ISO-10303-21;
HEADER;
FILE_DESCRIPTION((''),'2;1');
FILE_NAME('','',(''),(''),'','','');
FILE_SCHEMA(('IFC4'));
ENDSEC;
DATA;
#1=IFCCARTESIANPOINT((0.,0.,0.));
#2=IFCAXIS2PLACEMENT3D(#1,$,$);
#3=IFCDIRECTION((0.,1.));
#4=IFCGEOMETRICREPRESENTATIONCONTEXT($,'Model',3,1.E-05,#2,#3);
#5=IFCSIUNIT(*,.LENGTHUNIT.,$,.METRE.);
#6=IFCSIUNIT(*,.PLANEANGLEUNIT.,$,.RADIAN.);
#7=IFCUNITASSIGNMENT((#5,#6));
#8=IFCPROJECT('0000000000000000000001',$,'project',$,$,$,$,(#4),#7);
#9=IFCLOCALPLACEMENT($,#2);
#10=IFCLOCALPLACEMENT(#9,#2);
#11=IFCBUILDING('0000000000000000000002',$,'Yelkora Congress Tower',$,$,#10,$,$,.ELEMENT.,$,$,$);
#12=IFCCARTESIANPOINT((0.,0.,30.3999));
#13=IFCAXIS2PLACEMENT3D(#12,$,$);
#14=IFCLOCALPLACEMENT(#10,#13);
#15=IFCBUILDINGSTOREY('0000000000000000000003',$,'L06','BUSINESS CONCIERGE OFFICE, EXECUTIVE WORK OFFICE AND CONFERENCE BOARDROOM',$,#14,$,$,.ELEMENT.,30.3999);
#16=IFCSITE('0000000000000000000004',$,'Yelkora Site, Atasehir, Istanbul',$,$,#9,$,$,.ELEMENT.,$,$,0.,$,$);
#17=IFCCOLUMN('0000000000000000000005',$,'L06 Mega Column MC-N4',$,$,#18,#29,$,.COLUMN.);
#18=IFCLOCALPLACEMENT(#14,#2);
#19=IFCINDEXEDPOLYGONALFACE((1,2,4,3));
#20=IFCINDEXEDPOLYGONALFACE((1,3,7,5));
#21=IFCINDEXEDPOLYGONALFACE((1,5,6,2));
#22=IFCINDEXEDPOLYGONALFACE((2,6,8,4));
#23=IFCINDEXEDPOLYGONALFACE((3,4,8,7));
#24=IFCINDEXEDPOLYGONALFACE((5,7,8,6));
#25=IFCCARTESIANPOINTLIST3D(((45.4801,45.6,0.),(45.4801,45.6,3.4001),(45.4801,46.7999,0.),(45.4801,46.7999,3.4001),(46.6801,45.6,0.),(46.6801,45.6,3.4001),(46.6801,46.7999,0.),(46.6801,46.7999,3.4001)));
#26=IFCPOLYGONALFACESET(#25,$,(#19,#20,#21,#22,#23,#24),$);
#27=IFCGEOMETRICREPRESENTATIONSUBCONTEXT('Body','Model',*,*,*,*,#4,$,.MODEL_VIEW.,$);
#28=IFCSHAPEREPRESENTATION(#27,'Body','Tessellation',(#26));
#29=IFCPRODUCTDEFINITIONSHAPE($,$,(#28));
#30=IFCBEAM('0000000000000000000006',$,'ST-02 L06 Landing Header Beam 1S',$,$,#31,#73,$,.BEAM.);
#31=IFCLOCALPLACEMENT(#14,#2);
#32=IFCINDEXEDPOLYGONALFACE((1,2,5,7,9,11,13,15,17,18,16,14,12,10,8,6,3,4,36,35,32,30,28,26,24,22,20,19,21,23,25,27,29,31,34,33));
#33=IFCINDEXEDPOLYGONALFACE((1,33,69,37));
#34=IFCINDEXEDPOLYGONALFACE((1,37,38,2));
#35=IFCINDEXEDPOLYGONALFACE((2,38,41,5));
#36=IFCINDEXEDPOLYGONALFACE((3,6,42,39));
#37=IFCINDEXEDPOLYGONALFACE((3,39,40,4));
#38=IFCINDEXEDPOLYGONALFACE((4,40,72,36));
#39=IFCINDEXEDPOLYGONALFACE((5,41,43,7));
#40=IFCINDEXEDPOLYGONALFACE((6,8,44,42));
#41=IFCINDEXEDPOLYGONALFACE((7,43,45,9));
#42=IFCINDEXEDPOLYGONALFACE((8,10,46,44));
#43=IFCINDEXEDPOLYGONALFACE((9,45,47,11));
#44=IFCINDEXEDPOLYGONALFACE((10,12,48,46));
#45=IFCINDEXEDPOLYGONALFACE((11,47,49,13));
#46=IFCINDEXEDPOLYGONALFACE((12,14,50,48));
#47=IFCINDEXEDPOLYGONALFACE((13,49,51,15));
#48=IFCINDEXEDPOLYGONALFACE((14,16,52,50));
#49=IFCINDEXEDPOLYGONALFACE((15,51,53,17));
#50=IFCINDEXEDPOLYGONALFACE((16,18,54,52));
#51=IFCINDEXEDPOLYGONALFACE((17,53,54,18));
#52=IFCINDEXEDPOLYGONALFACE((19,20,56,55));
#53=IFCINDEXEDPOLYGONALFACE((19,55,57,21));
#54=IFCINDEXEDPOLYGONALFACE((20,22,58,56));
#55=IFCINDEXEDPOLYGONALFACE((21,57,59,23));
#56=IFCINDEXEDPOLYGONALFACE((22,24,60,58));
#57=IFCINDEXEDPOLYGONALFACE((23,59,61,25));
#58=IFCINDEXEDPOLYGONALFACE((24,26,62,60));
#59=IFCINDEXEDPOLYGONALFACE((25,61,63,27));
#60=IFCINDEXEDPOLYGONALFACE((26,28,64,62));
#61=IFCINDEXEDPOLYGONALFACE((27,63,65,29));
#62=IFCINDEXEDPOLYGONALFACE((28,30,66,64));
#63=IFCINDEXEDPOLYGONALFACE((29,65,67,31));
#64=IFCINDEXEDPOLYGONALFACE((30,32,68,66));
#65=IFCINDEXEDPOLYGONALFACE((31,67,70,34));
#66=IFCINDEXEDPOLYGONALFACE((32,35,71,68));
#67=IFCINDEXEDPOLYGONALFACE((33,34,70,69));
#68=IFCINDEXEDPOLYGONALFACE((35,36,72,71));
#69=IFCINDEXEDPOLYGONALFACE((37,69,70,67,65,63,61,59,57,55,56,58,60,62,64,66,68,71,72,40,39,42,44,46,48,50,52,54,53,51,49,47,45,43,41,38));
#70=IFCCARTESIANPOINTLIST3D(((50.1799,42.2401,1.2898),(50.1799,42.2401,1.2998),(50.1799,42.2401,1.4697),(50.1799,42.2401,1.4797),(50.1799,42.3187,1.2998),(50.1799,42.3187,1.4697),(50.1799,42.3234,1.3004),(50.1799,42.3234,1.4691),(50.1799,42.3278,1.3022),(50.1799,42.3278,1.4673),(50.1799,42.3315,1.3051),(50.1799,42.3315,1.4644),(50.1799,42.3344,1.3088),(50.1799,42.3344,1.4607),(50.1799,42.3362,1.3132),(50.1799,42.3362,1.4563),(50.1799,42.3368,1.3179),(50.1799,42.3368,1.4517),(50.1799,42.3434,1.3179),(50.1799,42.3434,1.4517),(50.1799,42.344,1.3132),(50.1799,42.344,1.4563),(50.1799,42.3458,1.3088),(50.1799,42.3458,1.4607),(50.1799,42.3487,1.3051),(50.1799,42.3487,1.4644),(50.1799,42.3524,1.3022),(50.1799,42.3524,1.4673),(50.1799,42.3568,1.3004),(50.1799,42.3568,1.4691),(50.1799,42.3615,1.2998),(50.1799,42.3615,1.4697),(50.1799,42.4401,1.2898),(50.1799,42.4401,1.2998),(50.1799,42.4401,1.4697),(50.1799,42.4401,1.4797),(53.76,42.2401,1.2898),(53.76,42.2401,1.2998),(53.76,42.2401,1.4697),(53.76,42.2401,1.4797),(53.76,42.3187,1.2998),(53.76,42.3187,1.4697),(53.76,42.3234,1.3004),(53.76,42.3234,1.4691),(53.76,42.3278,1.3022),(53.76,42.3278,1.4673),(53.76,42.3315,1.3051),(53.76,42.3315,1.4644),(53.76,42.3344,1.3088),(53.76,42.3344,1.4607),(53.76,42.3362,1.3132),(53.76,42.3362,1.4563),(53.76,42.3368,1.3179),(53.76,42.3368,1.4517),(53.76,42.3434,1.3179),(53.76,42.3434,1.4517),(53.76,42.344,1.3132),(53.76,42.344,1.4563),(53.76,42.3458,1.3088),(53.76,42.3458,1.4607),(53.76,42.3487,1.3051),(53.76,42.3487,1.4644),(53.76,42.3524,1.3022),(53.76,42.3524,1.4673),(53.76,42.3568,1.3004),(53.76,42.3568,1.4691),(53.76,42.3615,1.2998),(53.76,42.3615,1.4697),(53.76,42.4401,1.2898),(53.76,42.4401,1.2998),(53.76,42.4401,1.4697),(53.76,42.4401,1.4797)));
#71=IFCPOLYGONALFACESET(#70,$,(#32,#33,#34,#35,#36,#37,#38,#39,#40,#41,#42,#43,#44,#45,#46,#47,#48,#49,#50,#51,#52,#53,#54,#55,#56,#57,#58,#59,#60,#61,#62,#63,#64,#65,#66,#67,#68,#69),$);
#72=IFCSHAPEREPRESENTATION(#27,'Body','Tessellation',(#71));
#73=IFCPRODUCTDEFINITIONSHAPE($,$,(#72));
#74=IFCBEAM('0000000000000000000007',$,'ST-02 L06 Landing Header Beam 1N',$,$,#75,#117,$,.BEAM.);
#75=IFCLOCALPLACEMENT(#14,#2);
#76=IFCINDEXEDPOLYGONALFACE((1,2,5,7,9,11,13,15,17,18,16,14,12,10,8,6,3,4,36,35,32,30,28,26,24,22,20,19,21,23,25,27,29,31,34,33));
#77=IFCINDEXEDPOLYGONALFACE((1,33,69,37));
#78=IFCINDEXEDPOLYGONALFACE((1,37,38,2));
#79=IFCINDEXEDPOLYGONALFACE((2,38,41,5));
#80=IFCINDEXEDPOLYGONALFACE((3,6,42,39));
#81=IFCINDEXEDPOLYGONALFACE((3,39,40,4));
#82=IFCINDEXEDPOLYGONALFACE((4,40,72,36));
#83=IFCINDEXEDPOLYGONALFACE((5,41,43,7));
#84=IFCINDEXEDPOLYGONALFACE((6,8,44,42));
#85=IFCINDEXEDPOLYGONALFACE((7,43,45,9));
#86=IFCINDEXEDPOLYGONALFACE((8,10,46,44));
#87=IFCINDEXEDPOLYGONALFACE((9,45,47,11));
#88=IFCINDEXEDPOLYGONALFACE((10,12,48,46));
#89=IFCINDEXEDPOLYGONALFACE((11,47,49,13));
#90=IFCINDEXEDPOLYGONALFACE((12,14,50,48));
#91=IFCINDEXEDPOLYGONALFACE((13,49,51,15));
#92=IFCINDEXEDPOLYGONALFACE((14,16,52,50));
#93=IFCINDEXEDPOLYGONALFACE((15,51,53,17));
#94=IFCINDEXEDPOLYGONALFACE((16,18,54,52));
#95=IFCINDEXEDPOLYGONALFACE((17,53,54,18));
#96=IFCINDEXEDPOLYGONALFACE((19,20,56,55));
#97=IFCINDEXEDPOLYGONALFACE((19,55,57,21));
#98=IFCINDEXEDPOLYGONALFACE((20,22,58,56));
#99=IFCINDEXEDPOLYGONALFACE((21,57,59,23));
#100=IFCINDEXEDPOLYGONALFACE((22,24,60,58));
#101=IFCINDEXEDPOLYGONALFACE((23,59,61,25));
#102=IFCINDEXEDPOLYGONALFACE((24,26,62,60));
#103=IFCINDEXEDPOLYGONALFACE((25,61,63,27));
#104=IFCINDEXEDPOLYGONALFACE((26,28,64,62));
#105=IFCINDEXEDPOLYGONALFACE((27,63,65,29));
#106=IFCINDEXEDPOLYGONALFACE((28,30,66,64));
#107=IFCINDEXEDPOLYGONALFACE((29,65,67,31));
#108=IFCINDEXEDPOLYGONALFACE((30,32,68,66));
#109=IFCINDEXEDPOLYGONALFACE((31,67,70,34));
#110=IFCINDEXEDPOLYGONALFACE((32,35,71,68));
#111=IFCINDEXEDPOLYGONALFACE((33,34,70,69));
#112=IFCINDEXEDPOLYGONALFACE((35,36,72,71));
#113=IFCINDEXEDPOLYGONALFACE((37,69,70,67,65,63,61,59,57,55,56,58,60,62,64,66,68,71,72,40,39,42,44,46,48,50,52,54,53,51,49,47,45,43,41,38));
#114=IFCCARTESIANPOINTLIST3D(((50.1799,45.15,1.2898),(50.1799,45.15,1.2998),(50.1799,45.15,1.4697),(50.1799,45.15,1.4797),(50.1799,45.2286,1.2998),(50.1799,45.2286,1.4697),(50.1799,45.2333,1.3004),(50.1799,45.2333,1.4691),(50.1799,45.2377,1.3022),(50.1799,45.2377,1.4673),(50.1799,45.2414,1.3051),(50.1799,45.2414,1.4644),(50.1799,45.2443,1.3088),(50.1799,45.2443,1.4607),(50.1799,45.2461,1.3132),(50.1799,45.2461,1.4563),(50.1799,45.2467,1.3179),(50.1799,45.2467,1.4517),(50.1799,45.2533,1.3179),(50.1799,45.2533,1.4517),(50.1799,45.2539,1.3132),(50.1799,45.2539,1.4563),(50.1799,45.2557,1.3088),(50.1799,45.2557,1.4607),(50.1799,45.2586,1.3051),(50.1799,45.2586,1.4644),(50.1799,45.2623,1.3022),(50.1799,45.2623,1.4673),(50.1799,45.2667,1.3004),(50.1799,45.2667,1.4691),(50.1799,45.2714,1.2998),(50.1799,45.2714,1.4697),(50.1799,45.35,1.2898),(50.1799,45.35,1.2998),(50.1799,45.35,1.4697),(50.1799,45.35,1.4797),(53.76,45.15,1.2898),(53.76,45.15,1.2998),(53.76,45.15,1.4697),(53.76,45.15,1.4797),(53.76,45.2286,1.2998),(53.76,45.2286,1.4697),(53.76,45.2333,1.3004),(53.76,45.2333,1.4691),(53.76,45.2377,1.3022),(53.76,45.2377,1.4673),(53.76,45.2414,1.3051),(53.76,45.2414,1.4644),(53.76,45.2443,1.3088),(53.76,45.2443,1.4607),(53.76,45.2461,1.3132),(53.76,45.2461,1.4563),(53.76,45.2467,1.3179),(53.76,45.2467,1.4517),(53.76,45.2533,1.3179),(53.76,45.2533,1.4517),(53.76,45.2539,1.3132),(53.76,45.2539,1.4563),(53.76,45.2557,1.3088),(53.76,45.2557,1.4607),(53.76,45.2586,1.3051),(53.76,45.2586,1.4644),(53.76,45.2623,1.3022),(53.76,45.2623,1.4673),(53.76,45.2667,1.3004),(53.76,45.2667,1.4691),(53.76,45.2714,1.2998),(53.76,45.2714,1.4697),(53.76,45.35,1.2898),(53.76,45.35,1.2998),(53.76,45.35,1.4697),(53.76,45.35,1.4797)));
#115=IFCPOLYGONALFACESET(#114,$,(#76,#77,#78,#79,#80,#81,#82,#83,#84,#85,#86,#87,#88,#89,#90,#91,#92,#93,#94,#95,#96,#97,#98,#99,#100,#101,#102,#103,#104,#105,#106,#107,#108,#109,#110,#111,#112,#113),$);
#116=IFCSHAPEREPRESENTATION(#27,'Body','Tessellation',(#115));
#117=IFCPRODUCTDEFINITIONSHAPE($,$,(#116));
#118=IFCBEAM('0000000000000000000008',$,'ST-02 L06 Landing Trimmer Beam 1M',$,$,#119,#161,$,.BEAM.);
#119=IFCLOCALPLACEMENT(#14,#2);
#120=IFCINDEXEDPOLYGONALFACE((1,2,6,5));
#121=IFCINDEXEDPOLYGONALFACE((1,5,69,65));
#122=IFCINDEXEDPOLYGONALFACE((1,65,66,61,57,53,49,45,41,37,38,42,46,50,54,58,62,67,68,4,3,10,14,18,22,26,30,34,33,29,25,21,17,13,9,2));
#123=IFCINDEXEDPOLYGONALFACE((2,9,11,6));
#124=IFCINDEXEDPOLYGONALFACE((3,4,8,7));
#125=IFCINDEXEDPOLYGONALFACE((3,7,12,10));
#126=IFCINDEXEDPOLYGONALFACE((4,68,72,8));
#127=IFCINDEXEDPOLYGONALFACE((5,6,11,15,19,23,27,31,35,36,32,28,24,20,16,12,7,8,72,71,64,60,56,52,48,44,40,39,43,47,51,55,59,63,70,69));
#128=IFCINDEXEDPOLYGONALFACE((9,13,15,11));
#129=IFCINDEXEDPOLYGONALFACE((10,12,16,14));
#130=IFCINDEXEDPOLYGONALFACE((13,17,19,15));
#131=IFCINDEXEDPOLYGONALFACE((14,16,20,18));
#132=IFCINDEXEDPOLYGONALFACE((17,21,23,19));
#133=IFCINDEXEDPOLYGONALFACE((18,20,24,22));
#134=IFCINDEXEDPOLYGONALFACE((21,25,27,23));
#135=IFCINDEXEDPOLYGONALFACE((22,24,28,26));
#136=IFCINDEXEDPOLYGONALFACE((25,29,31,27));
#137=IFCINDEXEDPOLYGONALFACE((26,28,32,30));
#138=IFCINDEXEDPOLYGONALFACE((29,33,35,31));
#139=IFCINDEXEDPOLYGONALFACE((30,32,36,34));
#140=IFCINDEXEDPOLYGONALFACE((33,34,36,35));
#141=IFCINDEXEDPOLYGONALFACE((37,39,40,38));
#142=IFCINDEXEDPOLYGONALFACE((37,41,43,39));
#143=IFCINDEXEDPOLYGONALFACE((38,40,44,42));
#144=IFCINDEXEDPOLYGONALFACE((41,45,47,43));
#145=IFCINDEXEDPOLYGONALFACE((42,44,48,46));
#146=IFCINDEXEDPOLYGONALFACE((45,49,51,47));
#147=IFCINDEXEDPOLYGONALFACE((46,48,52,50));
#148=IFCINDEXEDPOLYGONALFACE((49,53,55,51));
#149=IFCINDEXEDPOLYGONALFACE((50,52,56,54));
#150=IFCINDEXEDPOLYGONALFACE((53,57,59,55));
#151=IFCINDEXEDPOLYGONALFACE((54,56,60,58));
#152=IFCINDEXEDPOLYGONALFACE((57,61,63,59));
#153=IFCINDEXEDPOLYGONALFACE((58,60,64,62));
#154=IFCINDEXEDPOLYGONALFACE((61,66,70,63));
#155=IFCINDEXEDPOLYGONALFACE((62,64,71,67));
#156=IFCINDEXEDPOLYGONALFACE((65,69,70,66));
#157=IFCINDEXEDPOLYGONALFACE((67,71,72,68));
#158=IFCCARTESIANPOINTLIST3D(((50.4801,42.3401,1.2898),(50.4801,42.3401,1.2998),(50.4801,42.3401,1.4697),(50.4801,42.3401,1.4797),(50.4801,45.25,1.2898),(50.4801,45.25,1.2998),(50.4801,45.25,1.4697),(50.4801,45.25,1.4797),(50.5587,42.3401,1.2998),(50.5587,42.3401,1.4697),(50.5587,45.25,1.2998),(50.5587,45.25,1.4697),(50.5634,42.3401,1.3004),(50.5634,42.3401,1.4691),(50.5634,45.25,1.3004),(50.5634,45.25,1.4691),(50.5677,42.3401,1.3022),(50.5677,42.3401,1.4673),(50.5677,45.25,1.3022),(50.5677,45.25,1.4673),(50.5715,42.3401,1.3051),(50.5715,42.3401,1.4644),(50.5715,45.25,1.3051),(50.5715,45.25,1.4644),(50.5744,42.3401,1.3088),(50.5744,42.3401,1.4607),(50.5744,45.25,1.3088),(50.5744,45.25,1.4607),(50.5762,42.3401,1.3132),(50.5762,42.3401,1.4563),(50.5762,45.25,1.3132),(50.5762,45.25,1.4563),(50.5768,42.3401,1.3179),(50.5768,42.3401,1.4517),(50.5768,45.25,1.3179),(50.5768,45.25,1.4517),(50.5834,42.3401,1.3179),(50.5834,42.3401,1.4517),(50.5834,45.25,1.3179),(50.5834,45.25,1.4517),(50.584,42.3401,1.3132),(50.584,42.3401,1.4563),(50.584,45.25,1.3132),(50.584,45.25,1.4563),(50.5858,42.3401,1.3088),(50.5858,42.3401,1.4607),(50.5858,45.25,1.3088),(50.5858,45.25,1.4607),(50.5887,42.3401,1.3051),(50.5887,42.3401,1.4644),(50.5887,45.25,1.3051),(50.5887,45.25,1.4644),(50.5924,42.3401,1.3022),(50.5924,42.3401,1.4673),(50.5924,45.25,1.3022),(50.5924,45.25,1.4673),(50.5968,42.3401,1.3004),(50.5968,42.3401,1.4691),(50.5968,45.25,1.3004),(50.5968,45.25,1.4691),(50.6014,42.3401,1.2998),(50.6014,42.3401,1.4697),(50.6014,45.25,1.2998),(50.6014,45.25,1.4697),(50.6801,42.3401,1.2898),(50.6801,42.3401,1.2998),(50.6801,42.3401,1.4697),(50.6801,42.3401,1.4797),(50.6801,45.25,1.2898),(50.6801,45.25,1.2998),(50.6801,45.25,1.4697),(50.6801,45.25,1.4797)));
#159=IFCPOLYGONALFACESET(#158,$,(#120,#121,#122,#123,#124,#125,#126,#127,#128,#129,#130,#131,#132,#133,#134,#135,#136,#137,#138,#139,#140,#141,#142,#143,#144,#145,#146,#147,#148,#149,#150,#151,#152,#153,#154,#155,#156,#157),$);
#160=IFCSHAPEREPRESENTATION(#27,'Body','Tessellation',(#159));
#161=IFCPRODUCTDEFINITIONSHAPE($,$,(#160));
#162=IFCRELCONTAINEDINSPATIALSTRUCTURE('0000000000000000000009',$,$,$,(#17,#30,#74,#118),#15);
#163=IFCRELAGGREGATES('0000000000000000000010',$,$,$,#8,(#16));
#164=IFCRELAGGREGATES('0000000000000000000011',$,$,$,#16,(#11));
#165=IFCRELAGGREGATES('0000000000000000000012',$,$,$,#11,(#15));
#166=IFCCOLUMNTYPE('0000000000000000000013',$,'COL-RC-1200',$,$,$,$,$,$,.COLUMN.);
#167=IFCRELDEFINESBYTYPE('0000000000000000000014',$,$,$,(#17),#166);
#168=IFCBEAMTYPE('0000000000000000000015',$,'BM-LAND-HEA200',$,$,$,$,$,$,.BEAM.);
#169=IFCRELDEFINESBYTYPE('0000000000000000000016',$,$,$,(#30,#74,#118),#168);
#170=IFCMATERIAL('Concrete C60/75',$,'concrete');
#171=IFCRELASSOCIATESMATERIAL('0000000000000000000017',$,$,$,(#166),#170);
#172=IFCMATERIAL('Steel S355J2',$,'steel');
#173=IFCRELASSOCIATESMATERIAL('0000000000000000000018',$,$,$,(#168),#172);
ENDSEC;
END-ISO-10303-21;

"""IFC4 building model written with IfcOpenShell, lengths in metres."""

from ifc_helpers import new_model, si_unit, direction, frame, origin, origin_2d, place, context, subcontext, project, spatial, rectangle, i_section, extrude, material, material_profile, profile_set, type_object, element, save


model = new_model("IFC4")

# Units and contexts
model_context = context("Model", 3, precision=1e-05, world=origin(), true_north=direction((0.0, 1.0)))
body_context = subcontext(model_context, "Body", "Model", "MODEL_VIEW")
ifc_project = project(units=[si_unit("LENGTHUNIT", "METRE"), si_unit("PLANEANGLEUNIT", "RADIAN")], contexts=[model_context])

# Site, building, storey
site_placement = place(None, origin())
site = spatial("IfcSite", under=ifc_project, at=site_placement, Name="Yelkora Site, Atasehir, Istanbul", CompositionType="ELEMENT", RefElevation=0.0)
building_placement = place(site_placement, origin())
building = spatial("IfcBuilding", under=site, at=building_placement, Name="Yelkora Congress Tower", CompositionType="ELEMENT")
storey_placement = place(building_placement, frame((0.0, 0.0, 30.3999)))
storey = spatial("IfcBuildingStorey", under=building, at=storey_placement, Name="L06", Description="BUSINESS CONCIERGE OFFICE, EXECUTIVE WORK OFFICE AND CONFERENCE BOARDROOM", CompositionType="ELEMENT", Elevation=30.3999)

# Column
ifc_material_1 = material(Name="Concrete C60/75", Category="concrete")
ifc_material_profile_1 = material_profile(ifc_material_1, rectangle(XDim=1.2, YDim=1.2, at=origin_2d()), Name="RC 1200x1200")
ifc_profile_set_1 = profile_set([ifc_material_profile_1], Name="Concrete C60/75")
column_type = type_object("IfcColumnType", Name="COL-RC-1200", PredefinedType="COLUMN", material=ifc_profile_set_1)
column_placement = place(storey_placement, frame((46.0801, 46.2, 0.0), z_axis=(0.0, 0.0, 1.0), x_axis=(1.0, 0.0, 0.0)))
element("IfcColumn", 1, at=column_placement, inside=storey, type_object=column_type, Name="L06 Mega Column MC-N4", PredefinedType="COLUMN", context=body_context, shape_type="SweptSolid", body=[
    extrude(rectangle(XDim=1.2, YDim=1.2, at=origin_2d()), origin(), (0.0, 0.0, 1.0), 3.4001),
])

# Beams
ifc_material_2 = material(Name="Steel S355J2", Category="steel")
ifc_material_profile_2 = material_profile(ifc_material_2, i_section(OverallWidth=0.2, OverallDepth=0.1899, WebThickness=0.0066, FlangeThickness=0.01, FilletRadius=0.0181, at=origin_2d()), Name="HEA 200")
ifc_profile_set_2 = profile_set([ifc_material_profile_2], Name="Steel S355J2")
beam_type = type_object("IfcBeamType", Name="BM-LAND-HEA200", PredefinedType="BEAM", material=ifc_profile_set_2)
for number, where, z_axis, x_axis, name in (
    (2, (50.1799, 42.3401, 1.3848), (1.0, 0.0, 0.0), (0.0, 1.0, 0.0), "ST-02 L06 Landing Header Beam 1S"),
    (3, (50.1799, 45.25, 1.3848), (1.0, 0.0, 0.0), (0.0, 1.0, 0.0), "ST-02 L06 Landing Header Beam 1N"),
):
    element("IfcBeam", number, at=place(storey_placement, frame(where, z_axis=z_axis, x_axis=x_axis)), inside=storey, type_object=beam_type, Name=name, PredefinedType="BEAM", context=body_context, shape_type="SweptSolid", body=[
        extrude(i_section(OverallWidth=0.2, OverallDepth=0.1899, WebThickness=0.0066, FlangeThickness=0.01, FilletRadius=0.0181, at=origin_2d()), origin(), (0.0, 0.0, 1.0), 3.5801),
    ])
beam_1_placement = place(storey_placement, frame((50.5801, 42.3401, 1.3848), z_axis=(0.0, 1.0, 0.0), x_axis=(-1.0, 0.0, 0.0)))
element("IfcBeam", 4, at=beam_1_placement, inside=storey, type_object=beam_type, Name="ST-02 L06 Landing Trimmer Beam 1M", PredefinedType="BEAM", context=body_context, shape_type="SweptSolid", body=[
    extrude(i_section(OverallWidth=0.2, OverallDepth=0.1899, WebThickness=0.0066, FlangeThickness=0.01, FilletRadius=0.0181, at=origin_2d()), origin(), (0.0, 0.0, 1.0), 2.9099),
])

save(model, "model.ifc")
